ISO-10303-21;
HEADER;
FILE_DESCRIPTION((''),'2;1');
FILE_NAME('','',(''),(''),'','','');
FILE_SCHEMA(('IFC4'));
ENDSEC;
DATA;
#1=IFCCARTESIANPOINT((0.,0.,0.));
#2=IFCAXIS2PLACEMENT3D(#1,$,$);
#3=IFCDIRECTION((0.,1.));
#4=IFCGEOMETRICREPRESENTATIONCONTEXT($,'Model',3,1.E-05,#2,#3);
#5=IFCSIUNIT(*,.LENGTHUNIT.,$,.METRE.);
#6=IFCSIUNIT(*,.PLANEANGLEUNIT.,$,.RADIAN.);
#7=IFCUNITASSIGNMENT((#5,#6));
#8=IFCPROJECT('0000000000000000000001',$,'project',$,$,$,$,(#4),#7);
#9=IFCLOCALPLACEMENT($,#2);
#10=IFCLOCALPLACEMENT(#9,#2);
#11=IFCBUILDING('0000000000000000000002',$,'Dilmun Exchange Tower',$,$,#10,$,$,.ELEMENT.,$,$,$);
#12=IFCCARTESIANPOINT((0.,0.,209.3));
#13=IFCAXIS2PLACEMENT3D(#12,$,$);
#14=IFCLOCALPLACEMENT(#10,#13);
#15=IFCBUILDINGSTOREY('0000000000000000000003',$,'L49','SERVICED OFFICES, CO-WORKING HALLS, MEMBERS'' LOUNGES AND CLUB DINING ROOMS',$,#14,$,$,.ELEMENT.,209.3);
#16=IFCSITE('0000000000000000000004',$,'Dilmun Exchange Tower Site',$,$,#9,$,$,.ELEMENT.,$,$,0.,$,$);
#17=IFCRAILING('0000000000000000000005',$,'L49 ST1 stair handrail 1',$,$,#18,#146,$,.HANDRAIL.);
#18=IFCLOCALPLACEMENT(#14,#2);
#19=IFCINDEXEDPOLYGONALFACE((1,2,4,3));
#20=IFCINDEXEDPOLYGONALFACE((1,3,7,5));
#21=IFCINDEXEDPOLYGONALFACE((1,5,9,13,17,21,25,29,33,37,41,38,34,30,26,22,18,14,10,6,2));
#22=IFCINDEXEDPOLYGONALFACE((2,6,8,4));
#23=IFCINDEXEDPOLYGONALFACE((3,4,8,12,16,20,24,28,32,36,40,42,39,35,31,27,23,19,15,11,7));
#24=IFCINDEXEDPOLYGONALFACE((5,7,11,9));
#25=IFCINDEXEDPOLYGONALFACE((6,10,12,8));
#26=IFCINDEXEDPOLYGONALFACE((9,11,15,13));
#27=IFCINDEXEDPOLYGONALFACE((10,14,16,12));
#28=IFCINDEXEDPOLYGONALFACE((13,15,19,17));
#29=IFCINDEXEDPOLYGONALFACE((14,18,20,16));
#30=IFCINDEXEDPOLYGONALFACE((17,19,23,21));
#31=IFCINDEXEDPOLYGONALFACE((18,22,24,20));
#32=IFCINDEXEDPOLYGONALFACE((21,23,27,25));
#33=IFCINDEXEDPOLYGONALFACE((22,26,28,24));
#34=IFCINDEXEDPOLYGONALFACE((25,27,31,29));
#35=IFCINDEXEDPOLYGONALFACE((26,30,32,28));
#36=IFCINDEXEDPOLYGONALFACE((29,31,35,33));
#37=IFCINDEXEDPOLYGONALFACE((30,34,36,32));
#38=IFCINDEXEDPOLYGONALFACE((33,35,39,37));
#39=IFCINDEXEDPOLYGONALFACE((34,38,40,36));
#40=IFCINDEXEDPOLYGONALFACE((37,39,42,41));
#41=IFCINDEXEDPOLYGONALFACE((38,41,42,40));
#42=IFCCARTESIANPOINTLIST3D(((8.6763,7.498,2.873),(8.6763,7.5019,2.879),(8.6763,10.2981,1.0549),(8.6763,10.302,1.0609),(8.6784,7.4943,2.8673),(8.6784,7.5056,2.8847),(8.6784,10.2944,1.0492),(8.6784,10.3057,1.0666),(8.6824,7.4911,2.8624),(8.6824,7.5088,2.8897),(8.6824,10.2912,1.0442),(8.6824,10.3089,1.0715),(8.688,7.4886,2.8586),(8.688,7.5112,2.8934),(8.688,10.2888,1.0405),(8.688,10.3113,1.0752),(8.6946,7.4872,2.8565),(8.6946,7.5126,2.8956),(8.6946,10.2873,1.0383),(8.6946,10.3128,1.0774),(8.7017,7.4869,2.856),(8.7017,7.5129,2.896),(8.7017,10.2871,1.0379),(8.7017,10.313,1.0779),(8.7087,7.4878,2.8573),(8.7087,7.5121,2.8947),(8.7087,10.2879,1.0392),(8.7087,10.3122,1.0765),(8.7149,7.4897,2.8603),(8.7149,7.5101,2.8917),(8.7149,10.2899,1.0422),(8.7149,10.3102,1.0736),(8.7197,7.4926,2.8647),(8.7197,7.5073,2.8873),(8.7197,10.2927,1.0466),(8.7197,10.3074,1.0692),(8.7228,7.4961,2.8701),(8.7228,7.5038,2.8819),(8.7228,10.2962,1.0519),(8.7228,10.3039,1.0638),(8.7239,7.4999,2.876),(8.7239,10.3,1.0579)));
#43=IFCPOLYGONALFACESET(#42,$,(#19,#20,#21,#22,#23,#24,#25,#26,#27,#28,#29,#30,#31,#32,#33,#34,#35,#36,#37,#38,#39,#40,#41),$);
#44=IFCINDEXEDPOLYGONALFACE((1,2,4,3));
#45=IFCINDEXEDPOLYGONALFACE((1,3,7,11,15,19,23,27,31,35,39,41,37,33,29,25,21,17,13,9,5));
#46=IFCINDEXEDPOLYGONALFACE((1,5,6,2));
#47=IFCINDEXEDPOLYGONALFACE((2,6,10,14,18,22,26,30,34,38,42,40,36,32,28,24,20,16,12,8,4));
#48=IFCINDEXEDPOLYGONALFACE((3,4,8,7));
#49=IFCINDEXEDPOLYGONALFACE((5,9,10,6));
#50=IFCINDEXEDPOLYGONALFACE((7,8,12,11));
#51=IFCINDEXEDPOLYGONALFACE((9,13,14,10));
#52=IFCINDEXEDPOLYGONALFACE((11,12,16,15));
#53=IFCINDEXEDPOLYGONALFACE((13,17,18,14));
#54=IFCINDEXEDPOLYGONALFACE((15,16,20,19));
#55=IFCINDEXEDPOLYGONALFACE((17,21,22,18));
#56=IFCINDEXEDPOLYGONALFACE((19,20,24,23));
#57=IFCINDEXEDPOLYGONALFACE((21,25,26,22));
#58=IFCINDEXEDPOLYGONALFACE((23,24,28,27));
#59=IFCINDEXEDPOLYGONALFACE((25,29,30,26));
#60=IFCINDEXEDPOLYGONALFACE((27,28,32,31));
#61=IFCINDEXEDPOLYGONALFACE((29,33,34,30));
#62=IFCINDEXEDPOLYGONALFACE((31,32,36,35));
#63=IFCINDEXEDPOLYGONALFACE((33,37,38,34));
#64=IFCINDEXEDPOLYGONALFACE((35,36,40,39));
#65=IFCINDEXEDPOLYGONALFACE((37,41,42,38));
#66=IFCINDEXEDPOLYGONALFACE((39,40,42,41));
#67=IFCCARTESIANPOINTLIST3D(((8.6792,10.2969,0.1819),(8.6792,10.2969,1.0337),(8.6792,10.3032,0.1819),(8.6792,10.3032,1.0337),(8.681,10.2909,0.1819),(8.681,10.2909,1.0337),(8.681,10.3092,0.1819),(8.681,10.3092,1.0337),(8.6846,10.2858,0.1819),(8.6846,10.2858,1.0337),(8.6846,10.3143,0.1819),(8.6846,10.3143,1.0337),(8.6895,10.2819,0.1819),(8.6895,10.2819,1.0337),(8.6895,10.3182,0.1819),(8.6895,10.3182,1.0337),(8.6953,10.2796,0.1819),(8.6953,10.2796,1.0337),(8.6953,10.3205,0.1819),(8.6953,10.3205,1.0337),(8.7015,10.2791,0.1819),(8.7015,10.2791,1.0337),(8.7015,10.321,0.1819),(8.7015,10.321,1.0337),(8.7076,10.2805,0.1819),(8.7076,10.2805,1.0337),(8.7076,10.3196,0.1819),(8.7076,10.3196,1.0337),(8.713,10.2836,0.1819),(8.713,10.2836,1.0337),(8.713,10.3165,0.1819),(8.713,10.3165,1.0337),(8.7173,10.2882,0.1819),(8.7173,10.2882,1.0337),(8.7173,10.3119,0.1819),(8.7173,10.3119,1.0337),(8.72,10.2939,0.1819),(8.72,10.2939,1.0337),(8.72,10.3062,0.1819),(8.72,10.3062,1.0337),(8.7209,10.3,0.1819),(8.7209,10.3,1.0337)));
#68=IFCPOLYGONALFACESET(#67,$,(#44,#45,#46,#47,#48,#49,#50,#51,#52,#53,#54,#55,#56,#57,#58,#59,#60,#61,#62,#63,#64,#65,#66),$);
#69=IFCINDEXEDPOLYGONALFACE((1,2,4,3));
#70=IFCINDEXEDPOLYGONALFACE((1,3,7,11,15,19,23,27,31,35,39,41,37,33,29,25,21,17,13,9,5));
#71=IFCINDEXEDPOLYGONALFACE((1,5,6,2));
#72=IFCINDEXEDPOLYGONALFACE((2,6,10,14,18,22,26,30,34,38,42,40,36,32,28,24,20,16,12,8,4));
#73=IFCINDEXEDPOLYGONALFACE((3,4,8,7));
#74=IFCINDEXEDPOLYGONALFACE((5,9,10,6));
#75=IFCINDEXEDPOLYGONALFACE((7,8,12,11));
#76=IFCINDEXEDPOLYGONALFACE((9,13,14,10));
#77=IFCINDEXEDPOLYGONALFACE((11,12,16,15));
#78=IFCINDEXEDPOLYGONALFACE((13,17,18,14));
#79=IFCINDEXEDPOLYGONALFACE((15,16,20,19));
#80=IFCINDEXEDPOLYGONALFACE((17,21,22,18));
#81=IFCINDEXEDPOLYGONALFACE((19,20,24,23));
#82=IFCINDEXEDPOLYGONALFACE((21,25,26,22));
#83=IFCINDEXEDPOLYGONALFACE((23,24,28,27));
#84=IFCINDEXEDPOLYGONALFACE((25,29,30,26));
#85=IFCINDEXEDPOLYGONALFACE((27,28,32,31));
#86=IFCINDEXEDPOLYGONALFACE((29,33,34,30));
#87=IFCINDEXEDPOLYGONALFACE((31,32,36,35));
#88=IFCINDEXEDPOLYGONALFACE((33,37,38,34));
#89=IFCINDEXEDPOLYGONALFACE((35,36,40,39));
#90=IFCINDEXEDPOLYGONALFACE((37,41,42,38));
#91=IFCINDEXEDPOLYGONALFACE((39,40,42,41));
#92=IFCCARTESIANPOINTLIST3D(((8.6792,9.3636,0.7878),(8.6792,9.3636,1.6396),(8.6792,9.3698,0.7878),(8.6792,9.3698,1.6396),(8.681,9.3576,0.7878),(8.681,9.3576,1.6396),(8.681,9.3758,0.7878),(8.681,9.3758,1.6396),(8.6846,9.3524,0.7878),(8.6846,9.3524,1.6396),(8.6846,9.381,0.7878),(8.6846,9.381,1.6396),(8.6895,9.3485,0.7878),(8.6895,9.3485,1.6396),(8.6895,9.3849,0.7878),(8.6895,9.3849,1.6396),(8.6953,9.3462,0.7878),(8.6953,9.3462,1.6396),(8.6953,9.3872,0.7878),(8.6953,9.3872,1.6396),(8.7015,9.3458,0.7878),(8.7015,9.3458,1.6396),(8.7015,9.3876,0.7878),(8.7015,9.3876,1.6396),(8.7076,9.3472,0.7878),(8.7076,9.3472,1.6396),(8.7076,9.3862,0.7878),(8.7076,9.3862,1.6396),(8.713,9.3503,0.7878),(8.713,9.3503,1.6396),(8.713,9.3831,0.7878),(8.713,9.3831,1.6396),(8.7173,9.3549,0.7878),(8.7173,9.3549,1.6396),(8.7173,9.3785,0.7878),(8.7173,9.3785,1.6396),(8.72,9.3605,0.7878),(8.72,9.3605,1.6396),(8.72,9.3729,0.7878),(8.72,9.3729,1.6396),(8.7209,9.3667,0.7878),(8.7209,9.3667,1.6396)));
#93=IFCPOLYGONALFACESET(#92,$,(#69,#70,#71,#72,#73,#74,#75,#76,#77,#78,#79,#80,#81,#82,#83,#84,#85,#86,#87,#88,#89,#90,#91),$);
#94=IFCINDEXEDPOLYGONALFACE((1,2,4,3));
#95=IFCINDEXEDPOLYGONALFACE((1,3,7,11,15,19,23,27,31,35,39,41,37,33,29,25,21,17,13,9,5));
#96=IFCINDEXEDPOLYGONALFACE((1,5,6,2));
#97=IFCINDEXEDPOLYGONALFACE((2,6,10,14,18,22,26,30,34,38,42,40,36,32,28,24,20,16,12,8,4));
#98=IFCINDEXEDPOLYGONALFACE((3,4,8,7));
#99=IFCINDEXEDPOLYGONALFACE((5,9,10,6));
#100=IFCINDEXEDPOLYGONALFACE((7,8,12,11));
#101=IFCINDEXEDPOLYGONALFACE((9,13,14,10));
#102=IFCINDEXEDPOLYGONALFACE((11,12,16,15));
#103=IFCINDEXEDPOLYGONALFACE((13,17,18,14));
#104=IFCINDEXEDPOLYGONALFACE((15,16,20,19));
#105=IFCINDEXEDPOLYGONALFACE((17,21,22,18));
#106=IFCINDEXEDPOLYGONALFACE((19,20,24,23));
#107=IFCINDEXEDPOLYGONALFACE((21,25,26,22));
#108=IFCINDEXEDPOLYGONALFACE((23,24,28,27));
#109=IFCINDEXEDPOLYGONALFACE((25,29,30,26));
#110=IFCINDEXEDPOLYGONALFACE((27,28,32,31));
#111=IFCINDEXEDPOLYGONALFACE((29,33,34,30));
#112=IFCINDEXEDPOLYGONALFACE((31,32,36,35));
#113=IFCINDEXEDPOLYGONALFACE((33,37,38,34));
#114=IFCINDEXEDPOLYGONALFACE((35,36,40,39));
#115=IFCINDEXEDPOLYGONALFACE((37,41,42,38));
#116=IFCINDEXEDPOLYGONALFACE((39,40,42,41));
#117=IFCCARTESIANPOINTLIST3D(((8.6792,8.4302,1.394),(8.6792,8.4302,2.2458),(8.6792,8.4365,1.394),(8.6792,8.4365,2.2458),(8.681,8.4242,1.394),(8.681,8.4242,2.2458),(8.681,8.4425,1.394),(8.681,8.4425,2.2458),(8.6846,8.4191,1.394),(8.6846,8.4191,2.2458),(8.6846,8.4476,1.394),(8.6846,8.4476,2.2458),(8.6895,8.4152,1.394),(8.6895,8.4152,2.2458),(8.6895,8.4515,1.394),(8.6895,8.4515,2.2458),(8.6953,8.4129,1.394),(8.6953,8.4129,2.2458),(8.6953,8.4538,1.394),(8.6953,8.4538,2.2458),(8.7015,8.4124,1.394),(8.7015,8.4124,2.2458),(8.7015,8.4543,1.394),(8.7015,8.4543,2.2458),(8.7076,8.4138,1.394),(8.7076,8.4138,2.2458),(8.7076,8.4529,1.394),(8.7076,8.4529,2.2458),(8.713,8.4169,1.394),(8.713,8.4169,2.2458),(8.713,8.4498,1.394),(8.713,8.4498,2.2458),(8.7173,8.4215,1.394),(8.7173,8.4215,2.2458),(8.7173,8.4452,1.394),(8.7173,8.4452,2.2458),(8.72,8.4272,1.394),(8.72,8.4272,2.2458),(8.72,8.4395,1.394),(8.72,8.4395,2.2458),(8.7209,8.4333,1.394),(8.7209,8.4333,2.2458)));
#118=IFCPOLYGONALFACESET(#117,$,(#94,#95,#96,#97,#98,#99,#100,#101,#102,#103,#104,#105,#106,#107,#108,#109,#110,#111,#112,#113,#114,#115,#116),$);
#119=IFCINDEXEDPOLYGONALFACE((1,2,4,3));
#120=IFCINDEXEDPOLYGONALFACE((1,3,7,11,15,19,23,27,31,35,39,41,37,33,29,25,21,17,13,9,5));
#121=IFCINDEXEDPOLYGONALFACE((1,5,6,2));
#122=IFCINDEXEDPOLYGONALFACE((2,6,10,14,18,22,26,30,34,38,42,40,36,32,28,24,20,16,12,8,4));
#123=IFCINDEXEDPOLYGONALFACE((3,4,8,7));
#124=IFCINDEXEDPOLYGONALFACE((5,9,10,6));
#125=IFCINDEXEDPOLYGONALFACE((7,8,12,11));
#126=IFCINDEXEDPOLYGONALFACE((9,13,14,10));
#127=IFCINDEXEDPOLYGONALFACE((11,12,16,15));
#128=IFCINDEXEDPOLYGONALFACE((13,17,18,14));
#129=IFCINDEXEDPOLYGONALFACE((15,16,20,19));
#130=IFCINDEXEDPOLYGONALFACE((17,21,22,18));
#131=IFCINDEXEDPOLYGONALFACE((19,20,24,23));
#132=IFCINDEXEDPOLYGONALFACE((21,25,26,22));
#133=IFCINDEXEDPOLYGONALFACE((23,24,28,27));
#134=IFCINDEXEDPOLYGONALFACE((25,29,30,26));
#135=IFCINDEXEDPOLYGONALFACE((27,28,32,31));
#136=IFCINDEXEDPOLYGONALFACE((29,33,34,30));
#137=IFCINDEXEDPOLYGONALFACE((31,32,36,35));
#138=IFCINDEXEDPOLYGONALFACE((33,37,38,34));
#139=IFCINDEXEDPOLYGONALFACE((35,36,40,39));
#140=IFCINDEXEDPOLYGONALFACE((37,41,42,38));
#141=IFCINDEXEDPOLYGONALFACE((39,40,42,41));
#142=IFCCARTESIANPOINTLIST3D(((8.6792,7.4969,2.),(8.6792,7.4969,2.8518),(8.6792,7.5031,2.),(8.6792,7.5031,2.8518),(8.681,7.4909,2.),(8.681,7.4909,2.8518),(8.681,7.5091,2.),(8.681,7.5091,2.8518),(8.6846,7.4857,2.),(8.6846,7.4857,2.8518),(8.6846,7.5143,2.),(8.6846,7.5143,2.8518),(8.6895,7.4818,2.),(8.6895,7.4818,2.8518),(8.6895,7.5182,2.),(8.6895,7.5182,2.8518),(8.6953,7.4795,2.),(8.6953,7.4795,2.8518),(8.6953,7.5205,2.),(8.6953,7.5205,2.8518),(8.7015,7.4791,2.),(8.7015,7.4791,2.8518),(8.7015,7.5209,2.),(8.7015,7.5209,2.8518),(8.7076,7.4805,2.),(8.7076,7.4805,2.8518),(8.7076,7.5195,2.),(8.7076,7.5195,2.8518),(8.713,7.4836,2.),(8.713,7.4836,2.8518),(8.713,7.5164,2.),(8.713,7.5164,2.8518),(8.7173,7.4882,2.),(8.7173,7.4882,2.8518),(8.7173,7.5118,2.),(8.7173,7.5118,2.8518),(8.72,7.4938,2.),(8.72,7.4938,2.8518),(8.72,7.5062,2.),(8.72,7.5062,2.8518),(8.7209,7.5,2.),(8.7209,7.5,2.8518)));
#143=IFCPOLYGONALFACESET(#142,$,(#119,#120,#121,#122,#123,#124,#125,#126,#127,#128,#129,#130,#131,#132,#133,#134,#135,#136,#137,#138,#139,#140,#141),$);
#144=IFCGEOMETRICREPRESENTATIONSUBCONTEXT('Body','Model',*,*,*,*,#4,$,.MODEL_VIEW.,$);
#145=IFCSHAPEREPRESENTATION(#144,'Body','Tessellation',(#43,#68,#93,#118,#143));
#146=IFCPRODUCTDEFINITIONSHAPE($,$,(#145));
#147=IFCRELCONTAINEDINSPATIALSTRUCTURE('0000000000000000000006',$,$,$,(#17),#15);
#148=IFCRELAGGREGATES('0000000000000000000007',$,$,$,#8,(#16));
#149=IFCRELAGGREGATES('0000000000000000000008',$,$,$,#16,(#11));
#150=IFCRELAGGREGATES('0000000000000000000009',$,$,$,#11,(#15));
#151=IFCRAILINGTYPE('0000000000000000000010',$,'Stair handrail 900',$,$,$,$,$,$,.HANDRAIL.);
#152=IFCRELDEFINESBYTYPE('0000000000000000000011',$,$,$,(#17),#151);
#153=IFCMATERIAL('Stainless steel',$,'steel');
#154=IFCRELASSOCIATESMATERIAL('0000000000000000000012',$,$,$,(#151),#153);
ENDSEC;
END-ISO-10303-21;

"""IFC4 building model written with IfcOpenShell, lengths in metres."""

from ifc_helpers import new_model, si_unit, direction, frame, origin, origin_2d, place, context, subcontext, project, spatial, circle, extrude, material, type_object, element, save


model = new_model("IFC4")

# Units and contexts
model_context = context("Model", 3, precision=1e-05, world=origin(), true_north=direction((0.0, 1.0)))
body_context = subcontext(model_context, "Body", "Model", "MODEL_VIEW")
ifc_project = project(units=[si_unit("LENGTHUNIT", "METRE"), si_unit("PLANEANGLEUNIT", "RADIAN")], contexts=[model_context])

# Site, building, storey
site_placement = place(None, origin())
site = spatial("IfcSite", under=ifc_project, at=site_placement, Name="Dilmun Exchange Tower Site", CompositionType="ELEMENT", RefElevation=0.0)
building_placement = place(site_placement, origin())
building = spatial("IfcBuilding", under=site, at=building_placement, Name="Dilmun Exchange Tower", CompositionType="ELEMENT")
storey_placement = place(building_placement, frame((0.0, 0.0, 209.3)))
storey = spatial("IfcBuildingStorey", under=building, at=storey_placement, Name="L49", Description="SERVICED OFFICES, CO-WORKING HALLS, MEMBERS' LOUNGES AND CLUB DINING ROOMS", CompositionType="ELEMENT", Elevation=209.3)

# Railing
ifc_material_1 = material(Name="Stainless steel", Category="steel")
railing_type = type_object("IfcRailingType", Name="Stair handrail 900", PredefinedType="HANDRAIL", material=ifc_material_1)
railing_1_placement = place(storey_placement, frame((8.7, 10.3, 0.1819)))
element("IfcRailing", 1, at=railing_1_placement, inside=storey, type_object=railing_type, Name="L49 ST1 stair handrail 1", PredefinedType="HANDRAIL", context=body_context, shape_type="SweptSolid", body=[
    extrude(circle(Radius=0.0239, at=origin_2d()), frame((0.0, 0.0, 0.876), z_axis=(0.0, -0.838706, 0.544585), x_axis=(1.0, 0.0, 0.0)), (0.0, 0.0, 1.0), 3.3386),
    extrude(circle(Radius=0.021, at=origin_2d()), origin(), (0.0, 0.0, 1.0), 0.8518),
    extrude(circle(Radius=0.021, at=origin_2d()), frame((0.0, -0.9333, 0.606)), (0.0, 0.0, 1.0), 0.8518),
    extrude(circle(Radius=0.021, at=origin_2d()), frame((0.0, -1.8667, 1.2122)), (0.0, 0.0, 1.0), 0.8518),
    extrude(circle(Radius=0.021, at=origin_2d()), frame((0.0, -2.8, 1.8181)), (0.0, 0.0, 1.0), 0.8518),
])

save(model, "model.ifc")
